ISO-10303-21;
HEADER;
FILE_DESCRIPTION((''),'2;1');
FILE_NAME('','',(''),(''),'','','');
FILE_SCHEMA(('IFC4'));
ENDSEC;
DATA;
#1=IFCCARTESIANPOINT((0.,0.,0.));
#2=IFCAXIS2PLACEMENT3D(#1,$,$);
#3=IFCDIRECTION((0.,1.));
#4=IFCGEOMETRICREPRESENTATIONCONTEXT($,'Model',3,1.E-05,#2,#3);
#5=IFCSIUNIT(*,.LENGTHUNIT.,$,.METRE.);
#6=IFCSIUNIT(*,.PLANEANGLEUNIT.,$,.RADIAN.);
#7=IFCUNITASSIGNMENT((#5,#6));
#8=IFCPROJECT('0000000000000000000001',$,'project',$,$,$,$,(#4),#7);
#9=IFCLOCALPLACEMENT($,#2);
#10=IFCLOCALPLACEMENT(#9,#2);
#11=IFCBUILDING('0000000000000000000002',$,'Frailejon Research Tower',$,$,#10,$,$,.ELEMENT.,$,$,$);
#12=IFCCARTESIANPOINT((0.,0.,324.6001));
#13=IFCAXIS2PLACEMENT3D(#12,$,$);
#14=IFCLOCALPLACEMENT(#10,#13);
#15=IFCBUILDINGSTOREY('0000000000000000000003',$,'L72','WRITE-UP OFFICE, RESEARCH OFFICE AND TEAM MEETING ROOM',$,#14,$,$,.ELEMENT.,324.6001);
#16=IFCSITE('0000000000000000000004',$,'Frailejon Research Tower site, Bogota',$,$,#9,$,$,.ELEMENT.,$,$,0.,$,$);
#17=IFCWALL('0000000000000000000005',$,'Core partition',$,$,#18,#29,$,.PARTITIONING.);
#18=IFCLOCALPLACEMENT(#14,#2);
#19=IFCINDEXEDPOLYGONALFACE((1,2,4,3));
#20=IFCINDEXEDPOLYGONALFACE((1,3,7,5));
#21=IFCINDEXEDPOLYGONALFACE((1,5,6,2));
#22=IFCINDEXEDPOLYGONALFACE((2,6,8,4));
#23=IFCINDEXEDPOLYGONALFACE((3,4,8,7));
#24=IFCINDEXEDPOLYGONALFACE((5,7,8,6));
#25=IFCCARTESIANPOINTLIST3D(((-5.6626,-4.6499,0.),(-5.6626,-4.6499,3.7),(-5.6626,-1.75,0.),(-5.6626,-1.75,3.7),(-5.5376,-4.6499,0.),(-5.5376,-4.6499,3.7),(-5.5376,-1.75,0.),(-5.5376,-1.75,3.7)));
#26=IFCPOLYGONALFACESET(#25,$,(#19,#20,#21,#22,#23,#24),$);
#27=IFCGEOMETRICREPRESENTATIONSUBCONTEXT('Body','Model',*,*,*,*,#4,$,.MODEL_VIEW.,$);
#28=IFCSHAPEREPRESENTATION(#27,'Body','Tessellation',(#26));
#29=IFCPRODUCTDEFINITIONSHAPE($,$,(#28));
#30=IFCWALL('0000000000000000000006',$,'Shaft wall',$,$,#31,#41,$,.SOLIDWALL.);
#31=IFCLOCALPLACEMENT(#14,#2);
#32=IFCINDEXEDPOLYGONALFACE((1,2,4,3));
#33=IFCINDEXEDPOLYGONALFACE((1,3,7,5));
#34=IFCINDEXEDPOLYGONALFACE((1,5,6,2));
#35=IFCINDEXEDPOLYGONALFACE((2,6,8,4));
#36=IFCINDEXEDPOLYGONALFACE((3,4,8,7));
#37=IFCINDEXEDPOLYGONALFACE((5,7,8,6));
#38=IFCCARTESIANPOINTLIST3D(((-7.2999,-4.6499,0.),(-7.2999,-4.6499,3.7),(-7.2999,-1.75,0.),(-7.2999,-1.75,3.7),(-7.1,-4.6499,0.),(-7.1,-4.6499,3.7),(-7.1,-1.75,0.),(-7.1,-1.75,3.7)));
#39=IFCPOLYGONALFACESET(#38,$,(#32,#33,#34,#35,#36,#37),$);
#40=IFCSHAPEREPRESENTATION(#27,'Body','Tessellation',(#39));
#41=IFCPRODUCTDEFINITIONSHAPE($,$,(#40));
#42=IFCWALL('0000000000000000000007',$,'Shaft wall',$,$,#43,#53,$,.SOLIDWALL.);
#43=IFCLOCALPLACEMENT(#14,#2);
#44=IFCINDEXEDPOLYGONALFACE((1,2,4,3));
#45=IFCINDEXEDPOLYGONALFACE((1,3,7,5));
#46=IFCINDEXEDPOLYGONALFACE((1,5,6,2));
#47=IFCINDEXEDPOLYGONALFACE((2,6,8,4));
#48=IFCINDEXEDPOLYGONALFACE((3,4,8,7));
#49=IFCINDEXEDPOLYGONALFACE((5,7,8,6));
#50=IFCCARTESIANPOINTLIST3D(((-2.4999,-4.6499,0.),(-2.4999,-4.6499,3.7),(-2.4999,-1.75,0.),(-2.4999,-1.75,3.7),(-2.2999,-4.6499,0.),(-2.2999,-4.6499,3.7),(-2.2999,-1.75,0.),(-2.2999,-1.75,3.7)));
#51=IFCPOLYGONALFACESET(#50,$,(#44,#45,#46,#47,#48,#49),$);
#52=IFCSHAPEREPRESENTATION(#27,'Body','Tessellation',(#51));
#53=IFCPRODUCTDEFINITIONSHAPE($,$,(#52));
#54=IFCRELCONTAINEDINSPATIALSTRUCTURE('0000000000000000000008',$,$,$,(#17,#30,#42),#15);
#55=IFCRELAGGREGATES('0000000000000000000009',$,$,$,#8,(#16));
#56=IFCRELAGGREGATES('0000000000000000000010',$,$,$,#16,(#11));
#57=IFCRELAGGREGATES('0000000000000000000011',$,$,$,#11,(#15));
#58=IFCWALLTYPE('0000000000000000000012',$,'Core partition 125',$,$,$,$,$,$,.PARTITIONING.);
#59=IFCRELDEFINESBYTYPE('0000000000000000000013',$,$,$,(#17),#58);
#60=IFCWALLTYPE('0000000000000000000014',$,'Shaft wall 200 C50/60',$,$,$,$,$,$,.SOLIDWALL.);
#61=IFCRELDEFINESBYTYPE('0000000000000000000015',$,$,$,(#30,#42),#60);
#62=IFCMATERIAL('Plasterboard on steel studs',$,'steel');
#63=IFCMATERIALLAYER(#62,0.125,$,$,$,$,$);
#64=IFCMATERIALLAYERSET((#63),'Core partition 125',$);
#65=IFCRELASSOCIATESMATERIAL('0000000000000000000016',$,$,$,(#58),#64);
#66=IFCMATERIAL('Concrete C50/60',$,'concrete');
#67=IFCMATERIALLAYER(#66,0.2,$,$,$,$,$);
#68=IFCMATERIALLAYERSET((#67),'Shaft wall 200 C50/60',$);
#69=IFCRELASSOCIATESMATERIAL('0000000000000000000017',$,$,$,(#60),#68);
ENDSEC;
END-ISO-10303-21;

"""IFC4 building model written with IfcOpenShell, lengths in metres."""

from ifc_helpers import new_model, si_unit, direction, frame, frame_2d, origin, place, context, subcontext, project, spatial, rectangle, extrude, material, layer, layer_set, type_object, element, save


model = new_model("IFC4")

# Units and contexts
model_context = context("Model", 3, precision=1e-05, world=origin(), true_north=direction((0.0, 1.0)))
body_context = subcontext(model_context, "Body", "Model", "MODEL_VIEW")
ifc_project = project(units=[si_unit("LENGTHUNIT", "METRE"), si_unit("PLANEANGLEUNIT", "RADIAN")], contexts=[model_context])

# Site, building, storey
site_placement = place(None, origin())
site = spatial("IfcSite", under=ifc_project, at=site_placement, Name="Frailejon Research Tower site, Bogota", CompositionType="ELEMENT", RefElevation=0.0)
building_placement = place(site_placement, origin())
building = spatial("IfcBuilding", under=site, at=building_placement, Name="Frailejon Research Tower", CompositionType="ELEMENT")
storey_placement = place(building_placement, frame((0.0, 0.0, 324.6001)))
storey = spatial("IfcBuildingStorey", under=building, at=storey_placement, Name="L72", Description="WRITE-UP OFFICE, RESEARCH OFFICE AND TEAM MEETING ROOM", CompositionType="ELEMENT", Elevation=324.6001)

# Walls
ifc_material_1 = material(Name="Plasterboard on steel studs", Category="steel")
ifc_layer_1 = layer(ifc_material_1, 0.125)
ifc_layer_set_1 = layer_set([ifc_layer_1], Name="Core partition 125")
wall_type_1 = type_object("IfcWallType", Name="Core partition 125", PredefinedType="PARTITIONING", material=ifc_layer_set_1)
wall_1_placement = place(storey_placement, frame((-5.6001, -4.6499, 0.0), z_axis=(0.0, 0.0, 1.0), x_axis=(0.0, 1.0, 0.0)))
element("IfcWall", 1, at=wall_1_placement, inside=storey, type_object=wall_type_1, Name="Core partition", PredefinedType="PARTITIONING", context=body_context, shape_type="SweptSolid", body=[
    extrude(rectangle(XDim=2.8999, YDim=0.125, at=frame_2d((1.45, 0.0))), origin(), (0.0, 0.0, 1.0), 3.7),
])
ifc_material_2 = material(Name="Concrete C50/60", Category="concrete")
ifc_layer_2 = layer(ifc_material_2, 0.2)
ifc_layer_set_2 = layer_set([ifc_layer_2], Name="Shaft wall 200 C50/60")
wall_type_2 = type_object("IfcWallType", Name="Shaft wall 200 C50/60", PredefinedType="SOLIDWALL", material=ifc_layer_set_2)
for number, where, z_axis, x_axis, name in (
    (2, (-7.2, -4.6499, 0.0), (0.0, 0.0, 1.0), (0.0, 1.0, 0.0), "Shaft wall"),
    (3, (-2.3999, -4.6499, 0.0), (0.0, 0.0, 1.0), (0.0, 1.0, 0.0), "Shaft wall"),
):
    element("IfcWall", number, at=place(storey_placement, frame(where, z_axis=z_axis, x_axis=x_axis)), inside=storey, type_object=wall_type_2, Name=name, PredefinedType="SOLIDWALL", context=body_context, shape_type="SweptSolid", body=[
        extrude(rectangle(XDim=2.8999, YDim=0.2, at=frame_2d((1.45, 0.0))), origin(), (0.0, 0.0, 1.0), 3.7),
    ])

save(model, "model.ifc")
